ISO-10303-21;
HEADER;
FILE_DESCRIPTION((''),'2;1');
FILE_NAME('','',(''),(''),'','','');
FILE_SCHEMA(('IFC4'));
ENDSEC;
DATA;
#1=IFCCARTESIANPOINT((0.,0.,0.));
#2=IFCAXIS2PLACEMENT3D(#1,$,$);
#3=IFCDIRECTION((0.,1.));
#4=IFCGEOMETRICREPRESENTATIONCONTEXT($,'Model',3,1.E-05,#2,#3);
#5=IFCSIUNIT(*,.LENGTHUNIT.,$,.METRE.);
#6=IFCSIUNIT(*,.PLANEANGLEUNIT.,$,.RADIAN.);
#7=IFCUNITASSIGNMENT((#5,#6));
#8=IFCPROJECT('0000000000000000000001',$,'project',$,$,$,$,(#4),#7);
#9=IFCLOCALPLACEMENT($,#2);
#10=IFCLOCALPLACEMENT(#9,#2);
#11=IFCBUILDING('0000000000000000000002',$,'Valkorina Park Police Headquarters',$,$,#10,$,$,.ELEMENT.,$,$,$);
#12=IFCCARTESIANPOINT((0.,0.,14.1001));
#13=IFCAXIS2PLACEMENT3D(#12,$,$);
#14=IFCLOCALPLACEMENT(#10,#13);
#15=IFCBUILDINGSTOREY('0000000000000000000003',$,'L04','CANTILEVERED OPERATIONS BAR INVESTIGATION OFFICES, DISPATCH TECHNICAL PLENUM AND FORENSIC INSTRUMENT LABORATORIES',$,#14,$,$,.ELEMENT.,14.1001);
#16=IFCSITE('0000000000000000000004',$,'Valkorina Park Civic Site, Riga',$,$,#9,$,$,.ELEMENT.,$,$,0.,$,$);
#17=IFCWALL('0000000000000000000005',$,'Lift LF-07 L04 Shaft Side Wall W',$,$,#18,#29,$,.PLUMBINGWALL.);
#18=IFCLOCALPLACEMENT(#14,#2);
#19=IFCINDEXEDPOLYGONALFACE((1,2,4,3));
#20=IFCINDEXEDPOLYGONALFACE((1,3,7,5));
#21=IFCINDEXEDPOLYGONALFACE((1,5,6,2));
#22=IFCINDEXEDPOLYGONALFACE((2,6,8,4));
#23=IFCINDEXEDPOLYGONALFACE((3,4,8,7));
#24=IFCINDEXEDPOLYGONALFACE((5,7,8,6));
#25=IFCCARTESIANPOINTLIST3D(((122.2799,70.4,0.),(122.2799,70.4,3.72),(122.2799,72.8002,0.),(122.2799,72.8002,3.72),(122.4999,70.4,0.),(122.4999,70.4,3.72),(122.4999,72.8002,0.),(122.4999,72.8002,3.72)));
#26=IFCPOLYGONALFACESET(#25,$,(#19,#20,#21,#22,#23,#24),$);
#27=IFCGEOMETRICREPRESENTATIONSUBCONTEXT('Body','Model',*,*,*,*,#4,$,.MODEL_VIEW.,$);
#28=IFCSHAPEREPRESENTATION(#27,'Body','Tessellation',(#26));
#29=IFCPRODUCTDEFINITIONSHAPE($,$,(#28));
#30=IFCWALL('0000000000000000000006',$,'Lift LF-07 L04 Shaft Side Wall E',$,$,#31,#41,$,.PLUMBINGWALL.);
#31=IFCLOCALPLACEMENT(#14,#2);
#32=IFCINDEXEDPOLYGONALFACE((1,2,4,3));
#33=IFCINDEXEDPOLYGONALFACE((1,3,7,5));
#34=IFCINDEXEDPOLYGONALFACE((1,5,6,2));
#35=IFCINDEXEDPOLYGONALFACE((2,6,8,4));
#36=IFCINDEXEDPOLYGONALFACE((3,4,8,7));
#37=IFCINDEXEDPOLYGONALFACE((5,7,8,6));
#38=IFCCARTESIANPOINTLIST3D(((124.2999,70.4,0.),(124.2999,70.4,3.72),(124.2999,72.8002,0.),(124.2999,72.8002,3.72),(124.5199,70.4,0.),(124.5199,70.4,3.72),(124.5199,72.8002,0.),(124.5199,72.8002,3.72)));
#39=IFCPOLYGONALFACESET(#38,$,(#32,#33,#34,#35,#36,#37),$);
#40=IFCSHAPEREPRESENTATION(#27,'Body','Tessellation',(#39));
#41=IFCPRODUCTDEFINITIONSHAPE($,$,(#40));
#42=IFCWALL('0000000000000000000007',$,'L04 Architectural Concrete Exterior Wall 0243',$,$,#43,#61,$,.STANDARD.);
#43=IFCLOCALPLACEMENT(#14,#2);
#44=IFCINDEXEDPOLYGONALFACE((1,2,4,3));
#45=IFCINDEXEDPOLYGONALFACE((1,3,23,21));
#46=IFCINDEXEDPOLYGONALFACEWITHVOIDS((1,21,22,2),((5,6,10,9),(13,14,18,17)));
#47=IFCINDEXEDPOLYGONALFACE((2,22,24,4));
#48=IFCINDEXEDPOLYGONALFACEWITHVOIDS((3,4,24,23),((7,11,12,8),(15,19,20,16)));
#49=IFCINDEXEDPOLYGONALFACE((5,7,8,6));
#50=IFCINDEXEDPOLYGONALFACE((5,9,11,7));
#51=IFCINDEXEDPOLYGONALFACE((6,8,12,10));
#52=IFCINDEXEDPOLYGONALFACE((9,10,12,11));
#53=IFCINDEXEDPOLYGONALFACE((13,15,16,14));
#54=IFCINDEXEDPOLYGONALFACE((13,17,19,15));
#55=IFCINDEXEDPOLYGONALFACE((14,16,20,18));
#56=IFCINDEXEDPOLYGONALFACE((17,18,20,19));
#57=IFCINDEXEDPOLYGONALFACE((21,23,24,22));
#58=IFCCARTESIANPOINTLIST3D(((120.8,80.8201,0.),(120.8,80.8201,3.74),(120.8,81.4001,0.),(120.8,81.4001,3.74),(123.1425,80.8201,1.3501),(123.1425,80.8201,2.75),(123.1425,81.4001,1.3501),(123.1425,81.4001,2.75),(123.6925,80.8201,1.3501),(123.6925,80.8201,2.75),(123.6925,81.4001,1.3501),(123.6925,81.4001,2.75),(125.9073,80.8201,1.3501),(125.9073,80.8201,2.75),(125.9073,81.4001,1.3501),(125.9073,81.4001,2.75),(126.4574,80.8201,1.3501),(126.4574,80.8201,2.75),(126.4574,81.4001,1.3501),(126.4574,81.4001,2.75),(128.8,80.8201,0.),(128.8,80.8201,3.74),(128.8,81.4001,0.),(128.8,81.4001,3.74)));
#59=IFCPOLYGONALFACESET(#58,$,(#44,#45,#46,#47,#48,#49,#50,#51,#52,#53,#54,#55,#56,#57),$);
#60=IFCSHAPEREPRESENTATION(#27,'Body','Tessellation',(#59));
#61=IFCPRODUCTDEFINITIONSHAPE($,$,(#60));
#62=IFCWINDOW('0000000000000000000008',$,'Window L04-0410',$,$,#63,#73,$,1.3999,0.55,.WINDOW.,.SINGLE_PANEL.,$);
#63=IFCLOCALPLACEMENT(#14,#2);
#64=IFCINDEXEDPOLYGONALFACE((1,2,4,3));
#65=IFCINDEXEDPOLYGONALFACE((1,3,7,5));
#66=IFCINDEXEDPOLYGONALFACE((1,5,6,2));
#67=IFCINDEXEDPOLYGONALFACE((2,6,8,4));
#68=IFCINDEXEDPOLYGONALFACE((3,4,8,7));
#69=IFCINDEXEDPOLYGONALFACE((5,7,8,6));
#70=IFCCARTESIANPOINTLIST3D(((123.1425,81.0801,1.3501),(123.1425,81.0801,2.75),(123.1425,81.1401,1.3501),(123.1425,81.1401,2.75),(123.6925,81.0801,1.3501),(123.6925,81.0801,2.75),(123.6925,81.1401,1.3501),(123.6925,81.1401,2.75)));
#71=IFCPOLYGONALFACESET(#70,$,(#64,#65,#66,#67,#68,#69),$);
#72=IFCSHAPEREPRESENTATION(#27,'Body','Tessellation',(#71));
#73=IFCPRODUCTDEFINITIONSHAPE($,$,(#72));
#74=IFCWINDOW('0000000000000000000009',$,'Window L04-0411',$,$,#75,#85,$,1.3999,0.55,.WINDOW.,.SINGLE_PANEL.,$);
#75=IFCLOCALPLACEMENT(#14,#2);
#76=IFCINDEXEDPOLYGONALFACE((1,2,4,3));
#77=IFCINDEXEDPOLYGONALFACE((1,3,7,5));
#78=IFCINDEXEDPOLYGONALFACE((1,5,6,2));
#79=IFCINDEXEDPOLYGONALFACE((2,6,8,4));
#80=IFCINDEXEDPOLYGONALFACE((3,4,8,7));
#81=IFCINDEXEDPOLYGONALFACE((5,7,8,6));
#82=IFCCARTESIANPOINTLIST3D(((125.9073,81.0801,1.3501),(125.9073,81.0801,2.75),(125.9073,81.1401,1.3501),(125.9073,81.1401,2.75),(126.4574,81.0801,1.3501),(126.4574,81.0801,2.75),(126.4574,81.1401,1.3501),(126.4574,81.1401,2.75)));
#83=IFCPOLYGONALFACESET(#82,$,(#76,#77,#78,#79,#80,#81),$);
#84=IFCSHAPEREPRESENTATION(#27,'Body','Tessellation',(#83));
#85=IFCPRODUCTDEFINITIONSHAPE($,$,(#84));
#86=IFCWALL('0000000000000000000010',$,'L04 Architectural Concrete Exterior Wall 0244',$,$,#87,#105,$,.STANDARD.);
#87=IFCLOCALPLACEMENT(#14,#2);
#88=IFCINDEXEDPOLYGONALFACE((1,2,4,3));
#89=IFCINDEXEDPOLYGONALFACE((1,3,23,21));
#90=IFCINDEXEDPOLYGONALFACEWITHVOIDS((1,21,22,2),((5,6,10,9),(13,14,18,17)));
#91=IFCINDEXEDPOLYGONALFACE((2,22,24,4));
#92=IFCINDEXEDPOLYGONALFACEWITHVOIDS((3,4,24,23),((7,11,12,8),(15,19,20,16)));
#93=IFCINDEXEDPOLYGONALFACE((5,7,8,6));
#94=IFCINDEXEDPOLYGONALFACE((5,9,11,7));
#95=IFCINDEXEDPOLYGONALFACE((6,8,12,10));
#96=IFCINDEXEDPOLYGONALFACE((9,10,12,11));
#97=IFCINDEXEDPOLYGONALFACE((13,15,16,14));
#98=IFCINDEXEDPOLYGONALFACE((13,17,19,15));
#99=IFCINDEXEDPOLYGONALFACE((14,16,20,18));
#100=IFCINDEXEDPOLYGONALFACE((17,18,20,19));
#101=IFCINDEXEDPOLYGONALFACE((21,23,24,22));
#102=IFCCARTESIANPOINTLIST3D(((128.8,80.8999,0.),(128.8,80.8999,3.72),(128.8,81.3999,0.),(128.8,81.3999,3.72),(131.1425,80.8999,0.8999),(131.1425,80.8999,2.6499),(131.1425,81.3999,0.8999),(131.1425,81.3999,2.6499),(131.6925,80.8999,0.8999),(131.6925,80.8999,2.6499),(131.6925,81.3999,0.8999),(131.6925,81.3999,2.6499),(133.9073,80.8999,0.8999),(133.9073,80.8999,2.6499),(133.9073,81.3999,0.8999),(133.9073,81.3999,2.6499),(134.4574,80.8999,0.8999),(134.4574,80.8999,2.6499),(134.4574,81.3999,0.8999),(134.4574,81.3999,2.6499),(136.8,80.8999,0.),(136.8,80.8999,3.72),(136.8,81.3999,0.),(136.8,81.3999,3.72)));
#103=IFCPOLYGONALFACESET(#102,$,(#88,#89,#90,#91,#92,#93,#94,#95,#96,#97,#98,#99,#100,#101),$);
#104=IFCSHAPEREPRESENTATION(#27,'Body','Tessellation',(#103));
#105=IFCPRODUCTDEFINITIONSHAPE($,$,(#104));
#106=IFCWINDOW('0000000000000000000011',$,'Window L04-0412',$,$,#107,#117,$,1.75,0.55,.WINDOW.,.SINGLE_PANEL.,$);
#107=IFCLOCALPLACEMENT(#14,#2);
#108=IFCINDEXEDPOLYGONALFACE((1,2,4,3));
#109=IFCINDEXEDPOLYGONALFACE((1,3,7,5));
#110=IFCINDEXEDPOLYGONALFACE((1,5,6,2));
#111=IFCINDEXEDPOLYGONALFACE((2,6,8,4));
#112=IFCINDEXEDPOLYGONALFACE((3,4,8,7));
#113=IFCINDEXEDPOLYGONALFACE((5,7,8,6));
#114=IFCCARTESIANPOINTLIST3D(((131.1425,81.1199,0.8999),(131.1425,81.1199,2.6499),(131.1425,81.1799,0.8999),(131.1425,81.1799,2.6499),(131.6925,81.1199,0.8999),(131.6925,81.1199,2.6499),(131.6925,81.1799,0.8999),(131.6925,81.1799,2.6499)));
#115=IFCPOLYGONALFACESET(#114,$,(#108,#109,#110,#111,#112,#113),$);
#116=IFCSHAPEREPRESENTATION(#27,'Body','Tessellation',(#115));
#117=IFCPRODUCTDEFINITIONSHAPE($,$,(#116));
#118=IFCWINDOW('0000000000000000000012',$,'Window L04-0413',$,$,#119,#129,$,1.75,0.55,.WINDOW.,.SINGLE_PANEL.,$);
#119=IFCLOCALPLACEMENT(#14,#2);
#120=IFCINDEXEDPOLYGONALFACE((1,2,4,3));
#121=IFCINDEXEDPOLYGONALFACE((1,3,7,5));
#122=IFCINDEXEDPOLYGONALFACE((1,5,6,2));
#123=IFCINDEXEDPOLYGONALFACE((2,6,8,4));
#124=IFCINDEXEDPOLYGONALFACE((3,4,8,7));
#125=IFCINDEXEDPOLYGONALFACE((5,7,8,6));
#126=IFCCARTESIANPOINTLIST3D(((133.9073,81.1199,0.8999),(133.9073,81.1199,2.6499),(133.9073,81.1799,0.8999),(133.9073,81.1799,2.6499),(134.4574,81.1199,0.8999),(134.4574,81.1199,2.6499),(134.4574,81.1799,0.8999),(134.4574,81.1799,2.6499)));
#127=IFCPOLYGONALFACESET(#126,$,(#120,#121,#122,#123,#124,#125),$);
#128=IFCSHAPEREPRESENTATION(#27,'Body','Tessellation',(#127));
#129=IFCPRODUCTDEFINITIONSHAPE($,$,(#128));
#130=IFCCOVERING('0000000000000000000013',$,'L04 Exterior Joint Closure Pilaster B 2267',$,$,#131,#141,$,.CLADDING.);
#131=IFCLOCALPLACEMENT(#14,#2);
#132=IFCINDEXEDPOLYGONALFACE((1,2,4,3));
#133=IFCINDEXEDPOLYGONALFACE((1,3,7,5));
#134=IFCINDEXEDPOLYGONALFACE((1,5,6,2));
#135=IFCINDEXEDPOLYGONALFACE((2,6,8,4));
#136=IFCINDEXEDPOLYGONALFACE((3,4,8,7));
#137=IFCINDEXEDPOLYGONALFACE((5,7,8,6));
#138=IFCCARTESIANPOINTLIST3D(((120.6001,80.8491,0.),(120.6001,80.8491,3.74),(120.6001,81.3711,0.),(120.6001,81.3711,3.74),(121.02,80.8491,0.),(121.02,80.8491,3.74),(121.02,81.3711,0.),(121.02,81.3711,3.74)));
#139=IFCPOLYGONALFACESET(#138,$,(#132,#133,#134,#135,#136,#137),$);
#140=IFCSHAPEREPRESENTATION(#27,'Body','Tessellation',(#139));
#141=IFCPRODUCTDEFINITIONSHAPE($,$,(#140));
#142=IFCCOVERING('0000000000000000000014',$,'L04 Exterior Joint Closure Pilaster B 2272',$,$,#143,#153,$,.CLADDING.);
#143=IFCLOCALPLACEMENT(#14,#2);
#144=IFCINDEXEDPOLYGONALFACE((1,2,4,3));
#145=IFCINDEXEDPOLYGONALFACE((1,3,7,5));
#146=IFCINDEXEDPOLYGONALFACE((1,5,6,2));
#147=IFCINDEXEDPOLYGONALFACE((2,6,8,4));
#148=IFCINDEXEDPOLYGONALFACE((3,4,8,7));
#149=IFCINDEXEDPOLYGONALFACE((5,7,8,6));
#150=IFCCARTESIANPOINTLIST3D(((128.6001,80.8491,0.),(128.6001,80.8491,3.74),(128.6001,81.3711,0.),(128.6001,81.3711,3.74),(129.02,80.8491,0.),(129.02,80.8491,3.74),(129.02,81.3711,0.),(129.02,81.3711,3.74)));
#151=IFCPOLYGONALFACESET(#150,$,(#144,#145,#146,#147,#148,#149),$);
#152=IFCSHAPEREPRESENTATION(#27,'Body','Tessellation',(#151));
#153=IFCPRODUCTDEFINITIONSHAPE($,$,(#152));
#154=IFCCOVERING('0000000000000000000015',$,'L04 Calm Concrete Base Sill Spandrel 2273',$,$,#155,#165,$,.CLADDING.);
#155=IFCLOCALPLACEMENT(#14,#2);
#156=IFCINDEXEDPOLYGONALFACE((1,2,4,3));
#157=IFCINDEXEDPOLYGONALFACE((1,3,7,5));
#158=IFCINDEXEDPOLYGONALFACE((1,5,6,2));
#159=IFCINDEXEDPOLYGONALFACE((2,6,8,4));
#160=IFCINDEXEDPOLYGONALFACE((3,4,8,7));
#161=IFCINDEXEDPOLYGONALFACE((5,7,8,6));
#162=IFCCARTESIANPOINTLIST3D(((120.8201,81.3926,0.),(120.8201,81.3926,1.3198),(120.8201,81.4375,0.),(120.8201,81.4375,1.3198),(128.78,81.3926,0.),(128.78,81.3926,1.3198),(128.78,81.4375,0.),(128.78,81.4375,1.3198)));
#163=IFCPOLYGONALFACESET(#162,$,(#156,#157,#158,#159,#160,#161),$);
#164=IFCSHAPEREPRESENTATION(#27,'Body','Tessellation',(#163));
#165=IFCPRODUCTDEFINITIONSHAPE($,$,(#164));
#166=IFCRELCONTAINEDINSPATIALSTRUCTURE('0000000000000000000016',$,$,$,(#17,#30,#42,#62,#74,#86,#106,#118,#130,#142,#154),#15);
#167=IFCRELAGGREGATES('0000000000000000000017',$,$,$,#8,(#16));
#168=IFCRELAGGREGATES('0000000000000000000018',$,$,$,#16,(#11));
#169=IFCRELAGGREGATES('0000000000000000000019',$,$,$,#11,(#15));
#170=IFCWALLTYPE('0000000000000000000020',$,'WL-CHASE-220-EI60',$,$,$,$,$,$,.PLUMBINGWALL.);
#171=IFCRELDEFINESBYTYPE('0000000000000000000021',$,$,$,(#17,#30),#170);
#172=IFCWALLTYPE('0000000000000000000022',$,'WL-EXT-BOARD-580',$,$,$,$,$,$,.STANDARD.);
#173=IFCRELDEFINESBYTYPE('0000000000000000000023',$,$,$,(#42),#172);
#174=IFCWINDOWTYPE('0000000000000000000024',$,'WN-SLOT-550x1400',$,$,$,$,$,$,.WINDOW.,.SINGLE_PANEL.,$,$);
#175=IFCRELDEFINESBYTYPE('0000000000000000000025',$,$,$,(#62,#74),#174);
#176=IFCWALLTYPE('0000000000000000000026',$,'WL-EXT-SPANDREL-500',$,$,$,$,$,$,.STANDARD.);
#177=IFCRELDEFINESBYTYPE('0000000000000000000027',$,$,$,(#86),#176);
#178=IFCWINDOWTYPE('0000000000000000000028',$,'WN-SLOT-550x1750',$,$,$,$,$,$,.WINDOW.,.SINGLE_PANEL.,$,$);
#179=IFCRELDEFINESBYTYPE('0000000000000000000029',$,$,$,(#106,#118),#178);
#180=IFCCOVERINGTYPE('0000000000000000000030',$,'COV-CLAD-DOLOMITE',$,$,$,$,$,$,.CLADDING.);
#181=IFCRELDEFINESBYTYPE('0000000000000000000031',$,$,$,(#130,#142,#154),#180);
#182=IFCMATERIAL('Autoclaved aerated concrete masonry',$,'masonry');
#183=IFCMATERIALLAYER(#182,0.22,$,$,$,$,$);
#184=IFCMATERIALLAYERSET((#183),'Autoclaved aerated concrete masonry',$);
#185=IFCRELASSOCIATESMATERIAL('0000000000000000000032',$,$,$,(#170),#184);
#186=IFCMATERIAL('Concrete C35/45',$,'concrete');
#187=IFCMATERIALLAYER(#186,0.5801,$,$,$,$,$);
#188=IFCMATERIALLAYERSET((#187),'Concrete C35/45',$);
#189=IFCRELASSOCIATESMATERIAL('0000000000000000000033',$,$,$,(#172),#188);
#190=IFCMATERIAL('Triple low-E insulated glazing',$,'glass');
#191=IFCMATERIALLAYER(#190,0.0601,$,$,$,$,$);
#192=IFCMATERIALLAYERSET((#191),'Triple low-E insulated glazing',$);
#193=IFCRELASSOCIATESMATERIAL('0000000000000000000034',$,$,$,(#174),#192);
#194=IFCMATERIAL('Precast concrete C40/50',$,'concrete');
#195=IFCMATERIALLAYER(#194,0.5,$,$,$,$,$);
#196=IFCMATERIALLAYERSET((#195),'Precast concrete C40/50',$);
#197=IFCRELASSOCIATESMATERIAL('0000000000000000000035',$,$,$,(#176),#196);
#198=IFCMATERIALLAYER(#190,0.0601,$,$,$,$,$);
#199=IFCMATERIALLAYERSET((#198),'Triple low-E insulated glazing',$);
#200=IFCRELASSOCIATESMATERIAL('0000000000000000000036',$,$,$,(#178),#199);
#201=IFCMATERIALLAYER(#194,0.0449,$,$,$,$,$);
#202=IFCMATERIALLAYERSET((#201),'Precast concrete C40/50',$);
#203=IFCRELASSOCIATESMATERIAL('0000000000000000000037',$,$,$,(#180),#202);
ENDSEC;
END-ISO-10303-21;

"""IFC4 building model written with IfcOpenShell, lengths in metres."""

from ifc_helpers import new_model, si_unit, direction, frame, frame_2d, origin, origin_2d, place, context, subcontext, project, spatial, rectangle, extrude, material, layer, layer_set, type_object, element, fill, save


model = new_model("IFC4")

# Units and contexts
model_context = context("Model", 3, precision=1e-05, world=origin(), true_north=direction((0.0, 1.0)))
body_context = subcontext(model_context, "Body", "Model", "MODEL_VIEW")
ifc_project = project(units=[si_unit("LENGTHUNIT", "METRE"), si_unit("PLANEANGLEUNIT", "RADIAN")], contexts=[model_context])

# Site, building, storey
site_placement = place(None, origin())
site = spatial("IfcSite", under=ifc_project, at=site_placement, Name="Valkorina Park Civic Site, Riga", CompositionType="ELEMENT", RefElevation=0.0)
building_placement = place(site_placement, origin())
building = spatial("IfcBuilding", under=site, at=building_placement, Name="Valkorina Park Police Headquarters", CompositionType="ELEMENT")
storey_placement = place(building_placement, frame((0.0, 0.0, 14.1001)))
storey = spatial("IfcBuildingStorey", under=building, at=storey_placement, Name="L04", Description="CANTILEVERED OPERATIONS BAR INVESTIGATION OFFICES, DISPATCH TECHNICAL PLENUM AND FORENSIC INSTRUMENT LABORATORIES", CompositionType="ELEMENT", Elevation=14.1001)

# Shared definitions
ifc_material_1 = material(Name="Autoclaved aerated concrete masonry", Category="masonry")
ifc_layer_1 = layer(ifc_material_1, 0.22)
ifc_layer_set_1 = layer_set([ifc_layer_1], Name="Autoclaved aerated concrete masonry")
wall_type_1 = type_object("IfcWallType", Name="WL-CHASE-220-EI60", PredefinedType="PLUMBINGWALL", material=ifc_layer_set_1)

# Walls
for number, where, z_axis, x_axis, name in (
    (1, (122.3899, 70.3999, 0.0), (0.0, 0.0, 1.0), (0.0, 1.0, 0.0), "Lift LF-07 L04 Shaft Side Wall W"),
    (2, (124.4099, 70.3999, 0.0), (0.0, 0.0, 1.0), (0.0, 1.0, 0.0), "Lift LF-07 L04 Shaft Side Wall E"),
):
    element("IfcWall", number, at=place(storey_placement, frame(where, z_axis=z_axis, x_axis=x_axis)), inside=storey, type_object=wall_type_1, Name=name, PredefinedType="PLUMBINGWALL", context=body_context, shape_type="SweptSolid", body=[
        extrude(rectangle(XDim=2.4001, YDim=0.22, at=frame_2d((1.2002, 0.0))), origin(), (0.0, 0.0, 1.0), 3.72),
    ])

# Walls, openings, windows
ifc_material_2 = material(Name="Concrete C35/45", Category="concrete")
ifc_layer_2 = layer(ifc_material_2, 0.5801)
ifc_layer_set_2 = layer_set([ifc_layer_2], Name="Concrete C35/45")
wall_type_2 = type_object("IfcWallType", Name="WL-EXT-BOARD-580", PredefinedType="STANDARD", material=ifc_layer_set_2)
wall_1_placement = place(storey_placement, frame((120.8, 81.1101, 0.0), z_axis=(0.0, 0.0, 1.0), x_axis=(1.0, 0.0, 0.0)))
wall_1 = element("IfcWall", 3, at=wall_1_placement, inside=storey, type_object=wall_type_2, Name="L04 Architectural Concrete Exterior Wall 0243", PredefinedType="STANDARD", context=body_context, shape_type="SweptSolid", body=[
    extrude(rectangle(XDim=8.0, YDim=0.5801, at=frame_2d((4.0, 0.0))), origin(), (0.0, 0.0, 1.0), 3.74),
])
opening_1_placement = place(wall_1_placement, frame((2.3425, 0.0, 1.3501)))
opening_1 = element("IfcOpeningElement", 4, at=opening_1_placement, cuts=wall_1, PredefinedType="OPENING", context=body_context, shape_type="SweptSolid", body=[
    extrude(rectangle(XDim=0.55, YDim=1.3999, at=frame_2d((0.2749, 0.7))), frame((0.0, 0.3, 0.0), z_axis=(0.0, -1.0, 0.0), x_axis=(1.0, 0.0, 0.0)), (0.0, 0.0, 1.0), 0.6001),
])
opening_2_placement = place(wall_1_placement, frame((5.1074, 0.0, 1.3501)))
opening_2 = element("IfcOpeningElement", 5, at=opening_2_placement, cuts=wall_1, PredefinedType="OPENING", context=body_context, shape_type="SweptSolid", body=[
    extrude(rectangle(XDim=0.55, YDim=1.3999, at=frame_2d((0.2749, 0.7))), frame((0.0, 0.3, 0.0), z_axis=(0.0, -1.0, 0.0), x_axis=(1.0, 0.0, 0.0)), (0.0, 0.0, 1.0), 0.6001),
])
ifc_material_3 = material(Name="Triple low-E insulated glazing", Category="glass")
ifc_layer_3 = layer(ifc_material_3, 0.0601)
ifc_layer_set_3 = layer_set([ifc_layer_3], Name="Triple low-E insulated glazing")
window_type_1 = type_object("IfcWindowType", Name="WN-SLOT-550x1400", PartitioningType="SINGLE_PANEL", PredefinedType="WINDOW", material=ifc_layer_set_3)
window_1_placement = place(opening_1_placement, origin())
window_1 = element("IfcWindow", 6, at=window_1_placement, inside=storey, type_object=window_type_1, Name="Window L04-0410", OverallHeight=1.3999, OverallWidth=0.55, PartitioningType="SINGLE_PANEL", PredefinedType="WINDOW", context=body_context, shape_type="SweptSolid", body=[
    extrude(rectangle(XDim=0.55, YDim=1.3999, at=frame_2d((0.2749, 0.7))), frame((0.0, 0.03, 0.0), z_axis=(0.0, -1.0, 0.0), x_axis=(1.0, 0.0, 0.0)), (0.0, 0.0, 1.0), 0.0601),
])
fill(opening_1, window_1)
window_2_placement = place(opening_2_placement, origin())
window_2 = element("IfcWindow", 7, at=window_2_placement, inside=storey, type_object=window_type_1, Name="Window L04-0411", OverallHeight=1.3999, OverallWidth=0.55, PartitioningType="SINGLE_PANEL", PredefinedType="WINDOW", context=body_context, shape_type="SweptSolid", body=[
    extrude(rectangle(XDim=0.55, YDim=1.3999, at=frame_2d((0.2749, 0.7))), frame((0.0, 0.03, 0.0), z_axis=(0.0, -1.0, 0.0), x_axis=(1.0, 0.0, 0.0)), (0.0, 0.0, 1.0), 0.0601),
])
fill(opening_2, window_2)
ifc_material_4 = material(Name="Precast concrete C40/50", Category="concrete")
ifc_layer_4 = layer(ifc_material_4, 0.5)
ifc_layer_set_4 = layer_set([ifc_layer_4], Name="Precast concrete C40/50")
wall_type_3 = type_object("IfcWallType", Name="WL-EXT-SPANDREL-500", PredefinedType="STANDARD", material=ifc_layer_set_4)
wall_2_placement = place(storey_placement, frame((128.8, 81.1499, 0.0), z_axis=(0.0, 0.0, 1.0), x_axis=(1.0, 0.0, 0.0)))
wall_2 = element("IfcWall", 8, at=wall_2_placement, inside=storey, type_object=wall_type_3, Name="L04 Architectural Concrete Exterior Wall 0244", PredefinedType="STANDARD", context=body_context, shape_type="SweptSolid", body=[
    extrude(rectangle(XDim=8.0, YDim=0.5, at=frame_2d((4.0, 0.0))), origin(), (0.0, 0.0, 1.0), 3.72),
])
opening_3_placement = place(wall_2_placement, frame((2.3425, 0.0, 0.8999)))
opening_3 = element("IfcOpeningElement", 9, at=opening_3_placement, cuts=wall_2, PredefinedType="OPENING", context=body_context, shape_type="SweptSolid", body=[
    extrude(rectangle(XDim=0.55, YDim=1.75, at=frame_2d((0.2749, 0.875))), frame((0.0, 0.26, 0.0), z_axis=(0.0, -1.0, 0.0), x_axis=(1.0, 0.0, 0.0)), (0.0, 0.0, 1.0), 0.52),
])
opening_4_placement = place(wall_2_placement, frame((5.1074, 0.0, 0.8999)))
opening_4 = element("IfcOpeningElement", 10, at=opening_4_placement, cuts=wall_2, PredefinedType="OPENING", context=body_context, shape_type="SweptSolid", body=[
    extrude(rectangle(XDim=0.55, YDim=1.75, at=frame_2d((0.2749, 0.875))), frame((0.0, 0.26, 0.0), z_axis=(0.0, -1.0, 0.0), x_axis=(1.0, 0.0, 0.0)), (0.0, 0.0, 1.0), 0.52),
])
ifc_layer_5 = layer(ifc_material_3, 0.0601)
ifc_layer_set_5 = layer_set([ifc_layer_5], Name="Triple low-E insulated glazing")
window_type_2 = type_object("IfcWindowType", Name="WN-SLOT-550x1750", PartitioningType="SINGLE_PANEL", PredefinedType="WINDOW", material=ifc_layer_set_5)
window_3_placement = place(opening_3_placement, origin())
window_3 = element("IfcWindow", 11, at=window_3_placement, inside=storey, type_object=window_type_2, Name="Window L04-0412", OverallHeight=1.75, OverallWidth=0.55, PartitioningType="SINGLE_PANEL", PredefinedType="WINDOW", context=body_context, shape_type="SweptSolid", body=[
    extrude(rectangle(XDim=0.55, YDim=1.75, at=frame_2d((0.2749, 0.875))), frame((0.0, 0.03, 0.0), z_axis=(0.0, -1.0, 0.0), x_axis=(1.0, 0.0, 0.0)), (0.0, 0.0, 1.0), 0.0601),
])
fill(opening_3, window_3)
window_4_placement = place(opening_4_placement, origin())
window_4 = element("IfcWindow", 12, at=window_4_placement, inside=storey, type_object=window_type_2, Name="Window L04-0413", OverallHeight=1.75, OverallWidth=0.55, PartitioningType="SINGLE_PANEL", PredefinedType="WINDOW", context=body_context, shape_type="SweptSolid", body=[
    extrude(rectangle(XDim=0.55, YDim=1.75, at=frame_2d((0.2749, 0.875))), frame((0.0, 0.03, 0.0), z_axis=(0.0, -1.0, 0.0), x_axis=(1.0, 0.0, 0.0)), (0.0, 0.0, 1.0), 0.0601),
])
fill(opening_4, window_4)

# Coverings
ifc_layer_6 = layer(ifc_material_4, 0.0449)
ifc_layer_set_6 = layer_set([ifc_layer_6], Name="Precast concrete C40/50")
covering_type = type_object("IfcCoveringType", Name="COV-CLAD-DOLOMITE", PredefinedType="CLADDING", material=ifc_layer_set_6)
for number, where, z_axis, x_axis, name in (
    (13, (120.8101, 81.1101, 0.0), (0.0, 0.0, 1.0), (1.0, 0.0, 0.0), "L04 Exterior Joint Closure Pilaster B 2267"),
    (14, (128.8101, 81.1101, 0.0), (0.0, 0.0, 1.0), (1.0, 0.0, 0.0), "L04 Exterior Joint Closure Pilaster B 2272"),
):
    element("IfcCovering", number, at=place(storey_placement, frame(where, z_axis=z_axis, x_axis=x_axis)), inside=storey, type_object=covering_type, Name=name, PredefinedType="CLADDING", context=body_context, shape_type="SweptSolid", body=[
        extrude(rectangle(XDim=0.4199, YDim=0.522, at=origin_2d()), origin(), (0.0, 0.0, 1.0), 3.74),
    ])
covering_1_placement = place(storey_placement, frame((120.8201, 81.415, 0.0), z_axis=(0.0, 0.0, 1.0), x_axis=(1.0, 0.0, 0.0)))
element("IfcCovering", 15, at=covering_1_placement, inside=storey, type_object=covering_type, Name="L04 Calm Concrete Base Sill Spandrel 2273", PredefinedType="CLADDING", context=body_context, shape_type="SweptSolid", body=[
    extrude(rectangle(XDim=7.96, YDim=0.0449, at=frame_2d((3.98, 0.0))), origin(), (0.0, 0.0, 1.0), 1.3198),
])

save(model, "model.ifc")
